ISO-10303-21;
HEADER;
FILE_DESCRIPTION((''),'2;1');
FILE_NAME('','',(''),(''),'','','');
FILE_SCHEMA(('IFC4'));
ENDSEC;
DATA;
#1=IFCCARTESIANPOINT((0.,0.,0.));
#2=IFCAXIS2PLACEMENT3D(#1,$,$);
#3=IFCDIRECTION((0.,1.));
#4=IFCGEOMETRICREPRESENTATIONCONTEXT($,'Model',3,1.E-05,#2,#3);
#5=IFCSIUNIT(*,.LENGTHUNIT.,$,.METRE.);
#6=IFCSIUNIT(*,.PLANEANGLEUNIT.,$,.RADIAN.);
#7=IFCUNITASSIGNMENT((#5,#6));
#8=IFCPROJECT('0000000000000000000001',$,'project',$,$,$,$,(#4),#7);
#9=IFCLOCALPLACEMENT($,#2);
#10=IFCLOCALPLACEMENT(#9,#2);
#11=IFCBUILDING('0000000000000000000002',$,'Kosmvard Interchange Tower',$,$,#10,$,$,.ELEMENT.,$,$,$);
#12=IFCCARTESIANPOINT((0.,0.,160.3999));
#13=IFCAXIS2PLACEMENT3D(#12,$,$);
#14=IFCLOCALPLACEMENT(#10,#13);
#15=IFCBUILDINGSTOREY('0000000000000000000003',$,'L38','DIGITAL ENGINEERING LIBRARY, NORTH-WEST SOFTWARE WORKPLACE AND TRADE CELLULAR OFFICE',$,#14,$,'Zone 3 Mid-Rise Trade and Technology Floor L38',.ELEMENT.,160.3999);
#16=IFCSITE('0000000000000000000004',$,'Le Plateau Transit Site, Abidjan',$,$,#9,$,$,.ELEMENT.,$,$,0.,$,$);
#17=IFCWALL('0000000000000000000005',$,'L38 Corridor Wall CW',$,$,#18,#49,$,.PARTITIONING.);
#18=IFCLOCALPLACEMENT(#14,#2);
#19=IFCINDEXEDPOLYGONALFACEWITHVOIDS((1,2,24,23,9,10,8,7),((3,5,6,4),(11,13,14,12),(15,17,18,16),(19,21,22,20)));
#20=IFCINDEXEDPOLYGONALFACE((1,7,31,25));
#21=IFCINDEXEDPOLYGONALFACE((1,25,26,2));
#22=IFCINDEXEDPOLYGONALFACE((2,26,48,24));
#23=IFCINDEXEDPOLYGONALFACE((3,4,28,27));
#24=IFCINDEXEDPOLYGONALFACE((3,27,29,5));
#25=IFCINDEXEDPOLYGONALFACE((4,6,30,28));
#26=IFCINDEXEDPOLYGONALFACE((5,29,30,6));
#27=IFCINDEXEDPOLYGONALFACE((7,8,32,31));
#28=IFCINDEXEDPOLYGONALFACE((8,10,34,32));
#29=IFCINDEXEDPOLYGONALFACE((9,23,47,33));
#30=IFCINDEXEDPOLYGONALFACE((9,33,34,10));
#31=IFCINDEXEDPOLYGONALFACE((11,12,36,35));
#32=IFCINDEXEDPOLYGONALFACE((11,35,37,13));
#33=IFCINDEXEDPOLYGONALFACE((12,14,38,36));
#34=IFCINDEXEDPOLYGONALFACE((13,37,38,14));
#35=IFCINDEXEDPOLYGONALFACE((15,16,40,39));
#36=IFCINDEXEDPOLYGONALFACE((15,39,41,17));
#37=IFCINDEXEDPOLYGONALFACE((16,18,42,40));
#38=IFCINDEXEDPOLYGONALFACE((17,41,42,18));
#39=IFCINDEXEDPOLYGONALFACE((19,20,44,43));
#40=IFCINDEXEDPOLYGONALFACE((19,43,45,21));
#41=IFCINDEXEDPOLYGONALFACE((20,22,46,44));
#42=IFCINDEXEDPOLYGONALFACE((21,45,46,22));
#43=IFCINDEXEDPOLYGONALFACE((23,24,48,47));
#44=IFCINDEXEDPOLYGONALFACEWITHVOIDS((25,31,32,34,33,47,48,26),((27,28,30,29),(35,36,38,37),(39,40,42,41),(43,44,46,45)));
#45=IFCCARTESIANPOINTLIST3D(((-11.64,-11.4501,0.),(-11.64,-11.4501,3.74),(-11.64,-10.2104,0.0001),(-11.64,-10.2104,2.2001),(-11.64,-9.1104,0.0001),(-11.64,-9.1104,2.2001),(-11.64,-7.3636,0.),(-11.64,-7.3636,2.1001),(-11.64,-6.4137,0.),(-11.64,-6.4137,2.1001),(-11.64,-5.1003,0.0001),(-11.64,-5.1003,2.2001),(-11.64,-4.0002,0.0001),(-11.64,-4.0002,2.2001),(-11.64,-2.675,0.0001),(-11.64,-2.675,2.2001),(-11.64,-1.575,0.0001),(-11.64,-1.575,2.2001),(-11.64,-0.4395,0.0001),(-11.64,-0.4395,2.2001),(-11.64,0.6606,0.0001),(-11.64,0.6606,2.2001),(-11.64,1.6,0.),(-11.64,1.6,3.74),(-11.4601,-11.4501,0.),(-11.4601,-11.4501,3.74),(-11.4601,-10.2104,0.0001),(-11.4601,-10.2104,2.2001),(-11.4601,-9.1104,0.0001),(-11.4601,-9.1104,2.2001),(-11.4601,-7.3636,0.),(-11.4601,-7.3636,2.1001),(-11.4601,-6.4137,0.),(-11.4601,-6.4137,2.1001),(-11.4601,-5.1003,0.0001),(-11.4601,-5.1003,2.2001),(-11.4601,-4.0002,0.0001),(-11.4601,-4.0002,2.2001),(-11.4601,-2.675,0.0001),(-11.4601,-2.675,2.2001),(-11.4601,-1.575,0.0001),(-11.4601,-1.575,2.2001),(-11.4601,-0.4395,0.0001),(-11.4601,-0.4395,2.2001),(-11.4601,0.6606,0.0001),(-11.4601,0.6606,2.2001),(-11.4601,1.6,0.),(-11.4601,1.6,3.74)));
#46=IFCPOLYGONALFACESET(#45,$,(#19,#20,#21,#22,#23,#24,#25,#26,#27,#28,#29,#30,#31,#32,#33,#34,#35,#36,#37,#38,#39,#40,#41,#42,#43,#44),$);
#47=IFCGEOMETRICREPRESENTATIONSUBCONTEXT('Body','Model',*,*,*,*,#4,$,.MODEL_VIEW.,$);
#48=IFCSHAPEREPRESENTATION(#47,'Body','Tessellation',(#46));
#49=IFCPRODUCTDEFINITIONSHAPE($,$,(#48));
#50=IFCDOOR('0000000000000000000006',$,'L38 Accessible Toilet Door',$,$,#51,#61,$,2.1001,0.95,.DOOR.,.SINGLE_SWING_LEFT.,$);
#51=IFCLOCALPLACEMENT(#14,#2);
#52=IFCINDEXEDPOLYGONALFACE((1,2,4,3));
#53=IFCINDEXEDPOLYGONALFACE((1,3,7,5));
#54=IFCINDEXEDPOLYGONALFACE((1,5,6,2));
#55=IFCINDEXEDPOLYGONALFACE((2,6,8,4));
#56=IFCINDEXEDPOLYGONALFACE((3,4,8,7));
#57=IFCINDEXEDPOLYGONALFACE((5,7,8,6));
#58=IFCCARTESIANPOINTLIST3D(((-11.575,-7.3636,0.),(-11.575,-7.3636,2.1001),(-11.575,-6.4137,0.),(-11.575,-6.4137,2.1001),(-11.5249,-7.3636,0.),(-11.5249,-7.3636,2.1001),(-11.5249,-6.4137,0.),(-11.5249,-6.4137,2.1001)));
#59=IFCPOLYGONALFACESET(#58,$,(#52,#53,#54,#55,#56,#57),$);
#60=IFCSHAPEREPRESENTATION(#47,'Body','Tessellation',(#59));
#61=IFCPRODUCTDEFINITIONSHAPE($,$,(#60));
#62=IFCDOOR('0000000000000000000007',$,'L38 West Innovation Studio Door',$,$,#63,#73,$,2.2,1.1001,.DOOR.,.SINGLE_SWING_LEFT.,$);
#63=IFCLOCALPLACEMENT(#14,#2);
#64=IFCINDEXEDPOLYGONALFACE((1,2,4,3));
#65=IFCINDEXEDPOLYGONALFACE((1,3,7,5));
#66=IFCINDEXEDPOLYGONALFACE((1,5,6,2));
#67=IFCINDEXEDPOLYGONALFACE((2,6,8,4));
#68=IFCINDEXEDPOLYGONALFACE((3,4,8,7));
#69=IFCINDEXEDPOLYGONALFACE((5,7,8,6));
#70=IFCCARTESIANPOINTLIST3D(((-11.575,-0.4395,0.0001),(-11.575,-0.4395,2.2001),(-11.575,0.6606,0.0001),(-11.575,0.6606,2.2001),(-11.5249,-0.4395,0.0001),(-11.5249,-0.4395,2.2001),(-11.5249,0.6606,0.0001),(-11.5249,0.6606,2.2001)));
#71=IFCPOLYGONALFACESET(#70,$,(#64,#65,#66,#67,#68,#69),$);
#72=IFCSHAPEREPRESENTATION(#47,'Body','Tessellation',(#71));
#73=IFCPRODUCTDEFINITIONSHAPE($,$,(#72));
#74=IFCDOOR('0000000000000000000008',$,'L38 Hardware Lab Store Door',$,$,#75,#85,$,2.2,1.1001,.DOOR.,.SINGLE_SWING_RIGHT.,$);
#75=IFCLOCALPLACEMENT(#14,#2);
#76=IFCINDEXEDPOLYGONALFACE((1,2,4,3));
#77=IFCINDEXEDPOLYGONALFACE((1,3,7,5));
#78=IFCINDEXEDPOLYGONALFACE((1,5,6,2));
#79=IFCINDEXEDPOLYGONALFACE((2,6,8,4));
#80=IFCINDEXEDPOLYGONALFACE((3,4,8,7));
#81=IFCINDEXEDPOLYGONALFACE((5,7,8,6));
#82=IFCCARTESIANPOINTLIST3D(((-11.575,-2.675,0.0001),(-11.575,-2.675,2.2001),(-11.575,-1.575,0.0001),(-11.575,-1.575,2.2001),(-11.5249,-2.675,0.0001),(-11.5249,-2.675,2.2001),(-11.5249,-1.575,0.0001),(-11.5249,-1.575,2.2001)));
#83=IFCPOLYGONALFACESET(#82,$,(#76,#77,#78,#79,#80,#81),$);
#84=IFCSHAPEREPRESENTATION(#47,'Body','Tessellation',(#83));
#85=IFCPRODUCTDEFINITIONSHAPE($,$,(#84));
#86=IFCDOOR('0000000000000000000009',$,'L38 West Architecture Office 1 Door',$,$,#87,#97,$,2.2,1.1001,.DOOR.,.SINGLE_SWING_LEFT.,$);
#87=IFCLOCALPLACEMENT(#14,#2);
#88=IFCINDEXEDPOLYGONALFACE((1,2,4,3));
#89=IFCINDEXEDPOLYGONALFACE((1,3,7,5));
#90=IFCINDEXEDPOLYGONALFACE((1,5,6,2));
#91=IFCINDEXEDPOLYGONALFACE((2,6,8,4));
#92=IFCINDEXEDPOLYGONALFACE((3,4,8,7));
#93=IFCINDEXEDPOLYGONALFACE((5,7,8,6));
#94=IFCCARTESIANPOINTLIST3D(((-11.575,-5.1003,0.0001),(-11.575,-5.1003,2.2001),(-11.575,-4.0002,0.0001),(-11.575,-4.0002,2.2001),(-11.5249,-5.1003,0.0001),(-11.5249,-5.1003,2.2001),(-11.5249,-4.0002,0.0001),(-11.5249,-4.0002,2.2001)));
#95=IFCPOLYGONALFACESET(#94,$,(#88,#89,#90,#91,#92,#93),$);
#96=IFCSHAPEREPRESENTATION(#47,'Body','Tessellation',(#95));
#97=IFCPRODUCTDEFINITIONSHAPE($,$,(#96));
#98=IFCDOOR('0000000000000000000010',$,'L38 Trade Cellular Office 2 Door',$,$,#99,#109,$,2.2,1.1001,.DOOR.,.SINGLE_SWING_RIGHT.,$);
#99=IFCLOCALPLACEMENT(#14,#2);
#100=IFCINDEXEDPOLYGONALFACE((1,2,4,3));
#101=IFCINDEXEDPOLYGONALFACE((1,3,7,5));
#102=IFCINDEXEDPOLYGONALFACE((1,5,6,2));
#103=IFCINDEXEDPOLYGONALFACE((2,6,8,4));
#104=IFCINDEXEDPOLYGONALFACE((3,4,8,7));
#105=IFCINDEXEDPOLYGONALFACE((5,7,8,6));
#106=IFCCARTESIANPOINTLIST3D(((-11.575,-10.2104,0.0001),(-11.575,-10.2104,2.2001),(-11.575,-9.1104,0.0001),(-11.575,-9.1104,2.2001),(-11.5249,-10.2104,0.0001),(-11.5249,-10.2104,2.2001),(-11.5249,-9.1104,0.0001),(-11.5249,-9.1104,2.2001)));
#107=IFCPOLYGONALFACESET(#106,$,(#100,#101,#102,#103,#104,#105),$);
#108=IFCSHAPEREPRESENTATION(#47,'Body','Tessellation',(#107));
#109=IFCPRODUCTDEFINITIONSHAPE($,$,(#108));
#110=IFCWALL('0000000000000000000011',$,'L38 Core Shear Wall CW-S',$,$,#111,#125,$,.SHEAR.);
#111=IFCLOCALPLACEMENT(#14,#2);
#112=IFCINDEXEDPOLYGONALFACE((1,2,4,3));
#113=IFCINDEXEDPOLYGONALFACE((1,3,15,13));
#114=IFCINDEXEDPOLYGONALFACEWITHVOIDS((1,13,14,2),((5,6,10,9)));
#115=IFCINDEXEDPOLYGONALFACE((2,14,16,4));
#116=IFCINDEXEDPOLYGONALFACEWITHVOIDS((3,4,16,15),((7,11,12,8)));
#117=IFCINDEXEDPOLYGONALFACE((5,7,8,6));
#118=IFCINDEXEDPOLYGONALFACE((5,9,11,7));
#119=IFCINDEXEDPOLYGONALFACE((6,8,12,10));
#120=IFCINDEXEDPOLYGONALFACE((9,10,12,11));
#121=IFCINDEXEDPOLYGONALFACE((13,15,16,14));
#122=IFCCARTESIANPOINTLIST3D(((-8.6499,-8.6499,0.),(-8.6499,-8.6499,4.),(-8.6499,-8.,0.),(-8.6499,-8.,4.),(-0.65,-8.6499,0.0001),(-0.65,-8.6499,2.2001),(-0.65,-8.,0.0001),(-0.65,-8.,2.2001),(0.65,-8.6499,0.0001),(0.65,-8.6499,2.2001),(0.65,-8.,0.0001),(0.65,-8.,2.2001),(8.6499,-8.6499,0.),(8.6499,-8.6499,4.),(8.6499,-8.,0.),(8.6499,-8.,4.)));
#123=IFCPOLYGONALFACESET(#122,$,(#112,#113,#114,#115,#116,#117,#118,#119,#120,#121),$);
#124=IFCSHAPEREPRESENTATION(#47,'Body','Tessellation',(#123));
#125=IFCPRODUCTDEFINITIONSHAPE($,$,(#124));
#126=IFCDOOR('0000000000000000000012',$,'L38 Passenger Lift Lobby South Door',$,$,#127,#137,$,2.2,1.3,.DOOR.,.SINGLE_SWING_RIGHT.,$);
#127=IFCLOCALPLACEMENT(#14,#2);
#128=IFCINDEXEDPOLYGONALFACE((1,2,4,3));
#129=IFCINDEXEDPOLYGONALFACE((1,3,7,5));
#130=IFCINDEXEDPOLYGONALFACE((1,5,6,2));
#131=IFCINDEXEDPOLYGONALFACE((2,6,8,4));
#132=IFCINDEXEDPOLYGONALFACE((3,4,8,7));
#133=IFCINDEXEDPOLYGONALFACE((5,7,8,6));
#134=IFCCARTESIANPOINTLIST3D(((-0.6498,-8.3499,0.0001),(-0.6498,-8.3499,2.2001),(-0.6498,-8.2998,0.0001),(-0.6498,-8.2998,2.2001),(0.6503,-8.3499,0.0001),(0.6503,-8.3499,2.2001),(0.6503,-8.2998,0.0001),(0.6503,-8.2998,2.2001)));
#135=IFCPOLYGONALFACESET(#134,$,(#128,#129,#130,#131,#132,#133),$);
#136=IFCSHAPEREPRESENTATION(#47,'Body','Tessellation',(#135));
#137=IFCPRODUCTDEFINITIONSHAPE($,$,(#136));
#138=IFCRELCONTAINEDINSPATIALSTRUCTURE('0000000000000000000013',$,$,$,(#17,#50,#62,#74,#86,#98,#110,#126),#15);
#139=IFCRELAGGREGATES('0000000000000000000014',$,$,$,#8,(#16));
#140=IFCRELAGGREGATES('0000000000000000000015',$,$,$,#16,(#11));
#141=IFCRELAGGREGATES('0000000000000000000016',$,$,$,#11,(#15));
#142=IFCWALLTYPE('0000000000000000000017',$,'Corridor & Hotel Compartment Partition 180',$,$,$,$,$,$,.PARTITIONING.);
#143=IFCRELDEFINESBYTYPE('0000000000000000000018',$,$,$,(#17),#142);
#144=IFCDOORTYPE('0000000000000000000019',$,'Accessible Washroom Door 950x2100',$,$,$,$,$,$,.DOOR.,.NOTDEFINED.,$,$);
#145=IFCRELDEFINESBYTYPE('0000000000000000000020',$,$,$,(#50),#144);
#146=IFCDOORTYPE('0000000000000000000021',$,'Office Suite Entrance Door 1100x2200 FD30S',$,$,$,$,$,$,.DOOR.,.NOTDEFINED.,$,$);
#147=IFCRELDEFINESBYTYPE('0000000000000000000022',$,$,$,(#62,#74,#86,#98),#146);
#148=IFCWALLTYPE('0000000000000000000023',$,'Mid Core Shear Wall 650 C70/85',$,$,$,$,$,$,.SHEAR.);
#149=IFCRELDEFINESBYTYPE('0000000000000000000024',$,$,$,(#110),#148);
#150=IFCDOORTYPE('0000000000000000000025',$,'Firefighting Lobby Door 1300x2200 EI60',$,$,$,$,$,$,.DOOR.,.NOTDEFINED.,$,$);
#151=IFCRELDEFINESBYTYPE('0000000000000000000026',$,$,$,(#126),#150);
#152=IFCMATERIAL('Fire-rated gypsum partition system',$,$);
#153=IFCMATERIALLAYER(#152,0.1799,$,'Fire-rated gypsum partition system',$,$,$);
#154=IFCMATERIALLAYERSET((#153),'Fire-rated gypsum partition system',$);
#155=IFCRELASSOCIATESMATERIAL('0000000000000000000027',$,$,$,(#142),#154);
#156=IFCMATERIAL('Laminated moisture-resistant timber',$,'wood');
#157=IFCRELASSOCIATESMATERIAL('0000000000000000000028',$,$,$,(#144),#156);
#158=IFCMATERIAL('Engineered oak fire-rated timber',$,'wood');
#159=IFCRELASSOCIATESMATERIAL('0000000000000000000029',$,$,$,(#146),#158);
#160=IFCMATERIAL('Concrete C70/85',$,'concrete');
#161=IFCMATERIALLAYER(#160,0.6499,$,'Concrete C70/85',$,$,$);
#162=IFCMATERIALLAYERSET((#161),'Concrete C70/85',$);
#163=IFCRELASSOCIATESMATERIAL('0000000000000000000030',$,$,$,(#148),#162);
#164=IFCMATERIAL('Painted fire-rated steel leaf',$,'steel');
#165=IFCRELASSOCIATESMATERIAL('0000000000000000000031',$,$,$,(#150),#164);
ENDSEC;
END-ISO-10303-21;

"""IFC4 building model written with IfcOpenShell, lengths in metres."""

from ifc_helpers import new_model, si_unit, direction, frame, frame_2d, origin, place, context, subcontext, project, spatial, rectangle, extrude, source, transform, mapped, material, layer, layer_set, type_object, element, fill, save


model = new_model("IFC4")

# Units and contexts
model_context = context("Model", 3, precision=1e-05, world=origin(), true_north=direction((0.0, 1.0)))
body_context = subcontext(model_context, "Body", "Model", "MODEL_VIEW")
ifc_project = project(units=[si_unit("LENGTHUNIT", "METRE"), si_unit("PLANEANGLEUNIT", "RADIAN")], contexts=[model_context])

# Site, building, storey
site_placement = place(None, origin())
site = spatial("IfcSite", under=ifc_project, at=site_placement, Name="Le Plateau Transit Site, Abidjan", CompositionType="ELEMENT", RefElevation=0.0)
building_placement = place(site_placement, origin())
building = spatial("IfcBuilding", under=site, at=building_placement, Name="Kosmvard Interchange Tower", CompositionType="ELEMENT")
storey_placement = place(building_placement, frame((0.0, 0.0, 160.3999)))
storey = spatial("IfcBuildingStorey", under=building, at=storey_placement, Name="L38", Description="DIGITAL ENGINEERING LIBRARY, NORTH-WEST SOFTWARE WORKPLACE AND TRADE CELLULAR OFFICE", LongName="Zone 3 Mid-Rise Trade and Technology Floor L38", CompositionType="ELEMENT", Elevation=160.3999)

# Wall, openings, doors
ifc_material_1 = material(Name="Fire-rated gypsum partition system")
ifc_layer_1 = layer(ifc_material_1, 0.1799, Name="Fire-rated gypsum partition system")
ifc_layer_set_1 = layer_set([ifc_layer_1], Name="Fire-rated gypsum partition system")
wall_type_1 = type_object("IfcWallType", Name="Corridor & Hotel Compartment Partition 180", PredefinedType="PARTITIONING", material=ifc_layer_set_1)
wall_1_placement = place(storey_placement, frame((-11.55, -11.45, 0.0), z_axis=(0.0, 0.0, 1.0), x_axis=(0.0, 1.0, 0.0)))
wall_1 = element("IfcWall", 1, at=wall_1_placement, inside=storey, type_object=wall_type_1, Name="L38 Corridor Wall CW", PredefinedType="PARTITIONING", context=body_context, shape_type="SweptSolid", body=[
    extrude(rectangle(XDim=13.05, YDim=0.1799, at=frame_2d((6.5249, 0.0))), origin(), (0.0, 0.0, 1.0), 3.74),
])
opening_1_placement = place(wall_1_placement, frame((4.0862, 0.0, 0.0)))
opening_1 = element("IfcOpeningElement", 2, at=opening_1_placement, cuts=wall_1, PredefinedType="OPENING", context=body_context, shape_type="SweptSolid", body=[
    extrude(rectangle(XDim=0.95, YDim=2.1001, at=frame_2d((0.4751, 1.05))), frame((0.0, 0.1001, 0.0), z_axis=(0.0, -1.0, 0.0), x_axis=(1.0, 0.0, 0.0)), (0.0, 0.0, 1.0), 0.2),
])
opening_2_placement = place(wall_1_placement, frame((11.0105, 0.0, 0.0)))
opening_2 = element("IfcOpeningElement", 3, at=opening_2_placement, cuts=wall_1, PredefinedType="OPENING", context=body_context, shape_type="SweptSolid", body=[
    extrude(rectangle(XDim=1.1001, YDim=2.2, at=frame_2d((0.55, 1.1001))), frame((0.0, 0.1001, 0.0), z_axis=(0.0, -1.0, 0.0), x_axis=(1.0, 0.0, 0.0)), (0.0, 0.0, 1.0), 0.2),
])
opening_3_placement = place(wall_1_placement, frame((8.7749, 0.0, 0.0)))
opening_3 = element("IfcOpeningElement", 4, at=opening_3_placement, cuts=wall_1, PredefinedType="OPENING", context=body_context, shape_type="SweptSolid", body=[
    extrude(rectangle(XDim=1.1001, YDim=2.2, at=frame_2d((0.55, 1.1001))), frame((0.0, 0.1001, 0.0), z_axis=(0.0, -1.0, 0.0), x_axis=(1.0, 0.0, 0.0)), (0.0, 0.0, 1.0), 0.2),
])
opening_4_placement = place(wall_1_placement, frame((6.3496, 0.0, 0.0)))
opening_4 = element("IfcOpeningElement", 5, at=opening_4_placement, cuts=wall_1, PredefinedType="OPENING", context=body_context, shape_type="SweptSolid", body=[
    extrude(rectangle(XDim=1.1001, YDim=2.2, at=frame_2d((0.55, 1.1001))), frame((0.0, 0.1001, 0.0), z_axis=(0.0, -1.0, 0.0), x_axis=(1.0, 0.0, 0.0)), (0.0, 0.0, 1.0), 0.2),
])
opening_5_placement = place(wall_1_placement, frame((1.2395, 0.0, 0.0)))
opening_5 = element("IfcOpeningElement", 6, at=opening_5_placement, cuts=wall_1, PredefinedType="OPENING", context=body_context, shape_type="SweptSolid", body=[
    extrude(rectangle(XDim=1.1001, YDim=2.2, at=frame_2d((0.55, 1.1001))), frame((0.0, 0.1001, 0.0), z_axis=(0.0, -1.0, 0.0), x_axis=(1.0, 0.0, 0.0)), (0.0, 0.0, 1.0), 0.2),
])
ifc_material_2 = material(Name="Laminated moisture-resistant timber", Category="wood")
door_type_1 = type_object("IfcDoorType", Name="Accessible Washroom Door 950x2100", OperationType="NOTDEFINED", PredefinedType="DOOR", material=ifc_material_2)
shared_shape_1 = source(origin(), body_context, "Body", "SweptSolid", [
    extrude(rectangle(XDim=0.95, YDim=2.1001, at=frame_2d((0.4751, 1.05))), frame((0.0, 0.0249, 0.0), z_axis=(0.0, -1.0, 0.0), x_axis=(1.0, 0.0, 0.0)), (0.0, 0.0, 1.0), 0.05),
])
door_1_placement = place(opening_1_placement, origin())
door_1 = element("IfcDoor", 7, at=door_1_placement, inside=storey, type_object=door_type_1, Name="L38 Accessible Toilet Door", OperationType="SINGLE_SWING_LEFT", OverallHeight=2.1001, OverallWidth=0.95, PredefinedType="DOOR", context=body_context, shape_type="MappedRepresentation", body=[
    mapped(shared_shape_1, transform((0.0, 0.0, 0.0), scale=1.0)),
])
fill(opening_1, door_1)
ifc_material_3 = material(Name="Engineered oak fire-rated timber", Category="wood")
door_type_2 = type_object("IfcDoorType", Name="Office Suite Entrance Door 1100x2200 FD30S", OperationType="NOTDEFINED", PredefinedType="DOOR", material=ifc_material_3)
shared_shape_2 = source(origin(), body_context, "Body", "SweptSolid", [
    extrude(rectangle(XDim=1.1001, YDim=2.2, at=frame_2d((0.55, 1.1001))), frame((0.0, 0.0249, 0.0), z_axis=(0.0, -1.0, 0.0), x_axis=(1.0, 0.0, 0.0)), (0.0, 0.0, 1.0), 0.05),
])
door_2_placement = place(opening_2_placement, origin())
door_2 = element("IfcDoor", 8, at=door_2_placement, inside=storey, type_object=door_type_2, Name="L38 West Innovation Studio Door", OperationType="SINGLE_SWING_LEFT", OverallHeight=2.2, OverallWidth=1.1001, PredefinedType="DOOR", context=body_context, shape_type="MappedRepresentation", body=[
    mapped(shared_shape_2, transform((0.0, 0.0, 0.0), scale=1.0)),
])
fill(opening_2, door_2)
door_3_placement = place(opening_3_placement, origin())
door_3 = element("IfcDoor", 9, at=door_3_placement, inside=storey, type_object=door_type_2, Name="L38 Hardware Lab Store Door", OperationType="SINGLE_SWING_RIGHT", OverallHeight=2.2, OverallWidth=1.1001, PredefinedType="DOOR", context=body_context, shape_type="MappedRepresentation", body=[
    mapped(shared_shape_2, transform((0.0, 0.0, 0.0), scale=1.0)),
])
fill(opening_3, door_3)
door_4_placement = place(opening_4_placement, origin())
door_4 = element("IfcDoor", 10, at=door_4_placement, inside=storey, type_object=door_type_2, Name="L38 West Architecture Office 1 Door", OperationType="SINGLE_SWING_LEFT", OverallHeight=2.2, OverallWidth=1.1001, PredefinedType="DOOR", context=body_context, shape_type="MappedRepresentation", body=[
    mapped(shared_shape_2, transform((0.0, 0.0, 0.0), scale=1.0)),
])
fill(opening_4, door_4)
door_5_placement = place(opening_5_placement, origin())
door_5 = element("IfcDoor", 11, at=door_5_placement, inside=storey, type_object=door_type_2, Name="L38 Trade Cellular Office 2 Door", OperationType="SINGLE_SWING_RIGHT", OverallHeight=2.2, OverallWidth=1.1001, PredefinedType="DOOR", context=body_context, shape_type="MappedRepresentation", body=[
    mapped(shared_shape_2, transform((0.0, 0.0, 0.0), scale=1.0)),
])
fill(opening_5, door_5)

# Wall, opening, door
ifc_material_4 = material(Name="Concrete C70/85", Category="concrete")
ifc_layer_2 = layer(ifc_material_4, 0.6499, Name="Concrete C70/85")
ifc_layer_set_2 = layer_set([ifc_layer_2], Name="Concrete C70/85")
wall_type_2 = type_object("IfcWallType", Name="Mid Core Shear Wall 650 C70/85", PredefinedType="SHEAR", material=ifc_layer_set_2)
wall_2_placement = place(storey_placement, frame((-8.6499, -8.325, 0.0), z_axis=(0.0, 0.0, 1.0), x_axis=(1.0, 0.0, 0.0)))
wall_2 = element("IfcWall", 12, at=wall_2_placement, inside=storey, type_object=wall_type_2, Name="L38 Core Shear Wall CW-S", PredefinedType="SHEAR", context=body_context, shape_type="SweptSolid", body=[
    extrude(rectangle(XDim=17.2998, YDim=0.6499, at=frame_2d((8.6499, 0.0))), origin(), (0.0, 0.0, 1.0), 4.0),
])
opening_6_placement = place(wall_2_placement, frame((8.0, 0.0, 0.0)))
opening_6 = element("IfcOpeningElement", 13, at=opening_6_placement, cuts=wall_2, PredefinedType="OPENING", context=body_context, shape_type="SweptSolid", body=[
    extrude(rectangle(XDim=1.3, YDim=2.2, at=frame_2d((0.6499, 1.1001))), frame((0.0, 0.335, 0.0), z_axis=(0.0, -1.0, 0.0), x_axis=(1.0, 0.0, 0.0)), (0.0, 0.0, 1.0), 0.6699),
])
ifc_material_5 = material(Name="Painted fire-rated steel leaf", Category="steel")
door_type_3 = type_object("IfcDoorType", Name="Firefighting Lobby Door 1300x2200 EI60", OperationType="NOTDEFINED", PredefinedType="DOOR", material=ifc_material_5)
shared_shape_3 = source(origin(), body_context, "Body", "SweptSolid", [
    extrude(rectangle(XDim=1.3, YDim=2.2, at=frame_2d((0.6499, 1.1001))), frame((0.0, 0.0249, 0.0), z_axis=(0.0, -1.0, 0.0), x_axis=(1.0, 0.0, 0.0)), (0.0, 0.0, 1.0), 0.05),
])
door_6_placement = place(opening_6_placement, frame((1.3, 0.0, 0.0), z_axis=(0.0, 0.0, 1.0), x_axis=(-1.0, 0.0, 0.0)))
door_6 = element("IfcDoor", 14, at=door_6_placement, inside=storey, type_object=door_type_3, Name="L38 Passenger Lift Lobby South Door", OperationType="SINGLE_SWING_RIGHT", OverallHeight=2.2, OverallWidth=1.3, PredefinedType="DOOR", context=body_context, shape_type="MappedRepresentation", body=[
    mapped(shared_shape_3, transform((0.0, 0.0, 0.0), scale=1.0)),
])
fill(opening_6, door_6)

save(model, "model.ifc")
